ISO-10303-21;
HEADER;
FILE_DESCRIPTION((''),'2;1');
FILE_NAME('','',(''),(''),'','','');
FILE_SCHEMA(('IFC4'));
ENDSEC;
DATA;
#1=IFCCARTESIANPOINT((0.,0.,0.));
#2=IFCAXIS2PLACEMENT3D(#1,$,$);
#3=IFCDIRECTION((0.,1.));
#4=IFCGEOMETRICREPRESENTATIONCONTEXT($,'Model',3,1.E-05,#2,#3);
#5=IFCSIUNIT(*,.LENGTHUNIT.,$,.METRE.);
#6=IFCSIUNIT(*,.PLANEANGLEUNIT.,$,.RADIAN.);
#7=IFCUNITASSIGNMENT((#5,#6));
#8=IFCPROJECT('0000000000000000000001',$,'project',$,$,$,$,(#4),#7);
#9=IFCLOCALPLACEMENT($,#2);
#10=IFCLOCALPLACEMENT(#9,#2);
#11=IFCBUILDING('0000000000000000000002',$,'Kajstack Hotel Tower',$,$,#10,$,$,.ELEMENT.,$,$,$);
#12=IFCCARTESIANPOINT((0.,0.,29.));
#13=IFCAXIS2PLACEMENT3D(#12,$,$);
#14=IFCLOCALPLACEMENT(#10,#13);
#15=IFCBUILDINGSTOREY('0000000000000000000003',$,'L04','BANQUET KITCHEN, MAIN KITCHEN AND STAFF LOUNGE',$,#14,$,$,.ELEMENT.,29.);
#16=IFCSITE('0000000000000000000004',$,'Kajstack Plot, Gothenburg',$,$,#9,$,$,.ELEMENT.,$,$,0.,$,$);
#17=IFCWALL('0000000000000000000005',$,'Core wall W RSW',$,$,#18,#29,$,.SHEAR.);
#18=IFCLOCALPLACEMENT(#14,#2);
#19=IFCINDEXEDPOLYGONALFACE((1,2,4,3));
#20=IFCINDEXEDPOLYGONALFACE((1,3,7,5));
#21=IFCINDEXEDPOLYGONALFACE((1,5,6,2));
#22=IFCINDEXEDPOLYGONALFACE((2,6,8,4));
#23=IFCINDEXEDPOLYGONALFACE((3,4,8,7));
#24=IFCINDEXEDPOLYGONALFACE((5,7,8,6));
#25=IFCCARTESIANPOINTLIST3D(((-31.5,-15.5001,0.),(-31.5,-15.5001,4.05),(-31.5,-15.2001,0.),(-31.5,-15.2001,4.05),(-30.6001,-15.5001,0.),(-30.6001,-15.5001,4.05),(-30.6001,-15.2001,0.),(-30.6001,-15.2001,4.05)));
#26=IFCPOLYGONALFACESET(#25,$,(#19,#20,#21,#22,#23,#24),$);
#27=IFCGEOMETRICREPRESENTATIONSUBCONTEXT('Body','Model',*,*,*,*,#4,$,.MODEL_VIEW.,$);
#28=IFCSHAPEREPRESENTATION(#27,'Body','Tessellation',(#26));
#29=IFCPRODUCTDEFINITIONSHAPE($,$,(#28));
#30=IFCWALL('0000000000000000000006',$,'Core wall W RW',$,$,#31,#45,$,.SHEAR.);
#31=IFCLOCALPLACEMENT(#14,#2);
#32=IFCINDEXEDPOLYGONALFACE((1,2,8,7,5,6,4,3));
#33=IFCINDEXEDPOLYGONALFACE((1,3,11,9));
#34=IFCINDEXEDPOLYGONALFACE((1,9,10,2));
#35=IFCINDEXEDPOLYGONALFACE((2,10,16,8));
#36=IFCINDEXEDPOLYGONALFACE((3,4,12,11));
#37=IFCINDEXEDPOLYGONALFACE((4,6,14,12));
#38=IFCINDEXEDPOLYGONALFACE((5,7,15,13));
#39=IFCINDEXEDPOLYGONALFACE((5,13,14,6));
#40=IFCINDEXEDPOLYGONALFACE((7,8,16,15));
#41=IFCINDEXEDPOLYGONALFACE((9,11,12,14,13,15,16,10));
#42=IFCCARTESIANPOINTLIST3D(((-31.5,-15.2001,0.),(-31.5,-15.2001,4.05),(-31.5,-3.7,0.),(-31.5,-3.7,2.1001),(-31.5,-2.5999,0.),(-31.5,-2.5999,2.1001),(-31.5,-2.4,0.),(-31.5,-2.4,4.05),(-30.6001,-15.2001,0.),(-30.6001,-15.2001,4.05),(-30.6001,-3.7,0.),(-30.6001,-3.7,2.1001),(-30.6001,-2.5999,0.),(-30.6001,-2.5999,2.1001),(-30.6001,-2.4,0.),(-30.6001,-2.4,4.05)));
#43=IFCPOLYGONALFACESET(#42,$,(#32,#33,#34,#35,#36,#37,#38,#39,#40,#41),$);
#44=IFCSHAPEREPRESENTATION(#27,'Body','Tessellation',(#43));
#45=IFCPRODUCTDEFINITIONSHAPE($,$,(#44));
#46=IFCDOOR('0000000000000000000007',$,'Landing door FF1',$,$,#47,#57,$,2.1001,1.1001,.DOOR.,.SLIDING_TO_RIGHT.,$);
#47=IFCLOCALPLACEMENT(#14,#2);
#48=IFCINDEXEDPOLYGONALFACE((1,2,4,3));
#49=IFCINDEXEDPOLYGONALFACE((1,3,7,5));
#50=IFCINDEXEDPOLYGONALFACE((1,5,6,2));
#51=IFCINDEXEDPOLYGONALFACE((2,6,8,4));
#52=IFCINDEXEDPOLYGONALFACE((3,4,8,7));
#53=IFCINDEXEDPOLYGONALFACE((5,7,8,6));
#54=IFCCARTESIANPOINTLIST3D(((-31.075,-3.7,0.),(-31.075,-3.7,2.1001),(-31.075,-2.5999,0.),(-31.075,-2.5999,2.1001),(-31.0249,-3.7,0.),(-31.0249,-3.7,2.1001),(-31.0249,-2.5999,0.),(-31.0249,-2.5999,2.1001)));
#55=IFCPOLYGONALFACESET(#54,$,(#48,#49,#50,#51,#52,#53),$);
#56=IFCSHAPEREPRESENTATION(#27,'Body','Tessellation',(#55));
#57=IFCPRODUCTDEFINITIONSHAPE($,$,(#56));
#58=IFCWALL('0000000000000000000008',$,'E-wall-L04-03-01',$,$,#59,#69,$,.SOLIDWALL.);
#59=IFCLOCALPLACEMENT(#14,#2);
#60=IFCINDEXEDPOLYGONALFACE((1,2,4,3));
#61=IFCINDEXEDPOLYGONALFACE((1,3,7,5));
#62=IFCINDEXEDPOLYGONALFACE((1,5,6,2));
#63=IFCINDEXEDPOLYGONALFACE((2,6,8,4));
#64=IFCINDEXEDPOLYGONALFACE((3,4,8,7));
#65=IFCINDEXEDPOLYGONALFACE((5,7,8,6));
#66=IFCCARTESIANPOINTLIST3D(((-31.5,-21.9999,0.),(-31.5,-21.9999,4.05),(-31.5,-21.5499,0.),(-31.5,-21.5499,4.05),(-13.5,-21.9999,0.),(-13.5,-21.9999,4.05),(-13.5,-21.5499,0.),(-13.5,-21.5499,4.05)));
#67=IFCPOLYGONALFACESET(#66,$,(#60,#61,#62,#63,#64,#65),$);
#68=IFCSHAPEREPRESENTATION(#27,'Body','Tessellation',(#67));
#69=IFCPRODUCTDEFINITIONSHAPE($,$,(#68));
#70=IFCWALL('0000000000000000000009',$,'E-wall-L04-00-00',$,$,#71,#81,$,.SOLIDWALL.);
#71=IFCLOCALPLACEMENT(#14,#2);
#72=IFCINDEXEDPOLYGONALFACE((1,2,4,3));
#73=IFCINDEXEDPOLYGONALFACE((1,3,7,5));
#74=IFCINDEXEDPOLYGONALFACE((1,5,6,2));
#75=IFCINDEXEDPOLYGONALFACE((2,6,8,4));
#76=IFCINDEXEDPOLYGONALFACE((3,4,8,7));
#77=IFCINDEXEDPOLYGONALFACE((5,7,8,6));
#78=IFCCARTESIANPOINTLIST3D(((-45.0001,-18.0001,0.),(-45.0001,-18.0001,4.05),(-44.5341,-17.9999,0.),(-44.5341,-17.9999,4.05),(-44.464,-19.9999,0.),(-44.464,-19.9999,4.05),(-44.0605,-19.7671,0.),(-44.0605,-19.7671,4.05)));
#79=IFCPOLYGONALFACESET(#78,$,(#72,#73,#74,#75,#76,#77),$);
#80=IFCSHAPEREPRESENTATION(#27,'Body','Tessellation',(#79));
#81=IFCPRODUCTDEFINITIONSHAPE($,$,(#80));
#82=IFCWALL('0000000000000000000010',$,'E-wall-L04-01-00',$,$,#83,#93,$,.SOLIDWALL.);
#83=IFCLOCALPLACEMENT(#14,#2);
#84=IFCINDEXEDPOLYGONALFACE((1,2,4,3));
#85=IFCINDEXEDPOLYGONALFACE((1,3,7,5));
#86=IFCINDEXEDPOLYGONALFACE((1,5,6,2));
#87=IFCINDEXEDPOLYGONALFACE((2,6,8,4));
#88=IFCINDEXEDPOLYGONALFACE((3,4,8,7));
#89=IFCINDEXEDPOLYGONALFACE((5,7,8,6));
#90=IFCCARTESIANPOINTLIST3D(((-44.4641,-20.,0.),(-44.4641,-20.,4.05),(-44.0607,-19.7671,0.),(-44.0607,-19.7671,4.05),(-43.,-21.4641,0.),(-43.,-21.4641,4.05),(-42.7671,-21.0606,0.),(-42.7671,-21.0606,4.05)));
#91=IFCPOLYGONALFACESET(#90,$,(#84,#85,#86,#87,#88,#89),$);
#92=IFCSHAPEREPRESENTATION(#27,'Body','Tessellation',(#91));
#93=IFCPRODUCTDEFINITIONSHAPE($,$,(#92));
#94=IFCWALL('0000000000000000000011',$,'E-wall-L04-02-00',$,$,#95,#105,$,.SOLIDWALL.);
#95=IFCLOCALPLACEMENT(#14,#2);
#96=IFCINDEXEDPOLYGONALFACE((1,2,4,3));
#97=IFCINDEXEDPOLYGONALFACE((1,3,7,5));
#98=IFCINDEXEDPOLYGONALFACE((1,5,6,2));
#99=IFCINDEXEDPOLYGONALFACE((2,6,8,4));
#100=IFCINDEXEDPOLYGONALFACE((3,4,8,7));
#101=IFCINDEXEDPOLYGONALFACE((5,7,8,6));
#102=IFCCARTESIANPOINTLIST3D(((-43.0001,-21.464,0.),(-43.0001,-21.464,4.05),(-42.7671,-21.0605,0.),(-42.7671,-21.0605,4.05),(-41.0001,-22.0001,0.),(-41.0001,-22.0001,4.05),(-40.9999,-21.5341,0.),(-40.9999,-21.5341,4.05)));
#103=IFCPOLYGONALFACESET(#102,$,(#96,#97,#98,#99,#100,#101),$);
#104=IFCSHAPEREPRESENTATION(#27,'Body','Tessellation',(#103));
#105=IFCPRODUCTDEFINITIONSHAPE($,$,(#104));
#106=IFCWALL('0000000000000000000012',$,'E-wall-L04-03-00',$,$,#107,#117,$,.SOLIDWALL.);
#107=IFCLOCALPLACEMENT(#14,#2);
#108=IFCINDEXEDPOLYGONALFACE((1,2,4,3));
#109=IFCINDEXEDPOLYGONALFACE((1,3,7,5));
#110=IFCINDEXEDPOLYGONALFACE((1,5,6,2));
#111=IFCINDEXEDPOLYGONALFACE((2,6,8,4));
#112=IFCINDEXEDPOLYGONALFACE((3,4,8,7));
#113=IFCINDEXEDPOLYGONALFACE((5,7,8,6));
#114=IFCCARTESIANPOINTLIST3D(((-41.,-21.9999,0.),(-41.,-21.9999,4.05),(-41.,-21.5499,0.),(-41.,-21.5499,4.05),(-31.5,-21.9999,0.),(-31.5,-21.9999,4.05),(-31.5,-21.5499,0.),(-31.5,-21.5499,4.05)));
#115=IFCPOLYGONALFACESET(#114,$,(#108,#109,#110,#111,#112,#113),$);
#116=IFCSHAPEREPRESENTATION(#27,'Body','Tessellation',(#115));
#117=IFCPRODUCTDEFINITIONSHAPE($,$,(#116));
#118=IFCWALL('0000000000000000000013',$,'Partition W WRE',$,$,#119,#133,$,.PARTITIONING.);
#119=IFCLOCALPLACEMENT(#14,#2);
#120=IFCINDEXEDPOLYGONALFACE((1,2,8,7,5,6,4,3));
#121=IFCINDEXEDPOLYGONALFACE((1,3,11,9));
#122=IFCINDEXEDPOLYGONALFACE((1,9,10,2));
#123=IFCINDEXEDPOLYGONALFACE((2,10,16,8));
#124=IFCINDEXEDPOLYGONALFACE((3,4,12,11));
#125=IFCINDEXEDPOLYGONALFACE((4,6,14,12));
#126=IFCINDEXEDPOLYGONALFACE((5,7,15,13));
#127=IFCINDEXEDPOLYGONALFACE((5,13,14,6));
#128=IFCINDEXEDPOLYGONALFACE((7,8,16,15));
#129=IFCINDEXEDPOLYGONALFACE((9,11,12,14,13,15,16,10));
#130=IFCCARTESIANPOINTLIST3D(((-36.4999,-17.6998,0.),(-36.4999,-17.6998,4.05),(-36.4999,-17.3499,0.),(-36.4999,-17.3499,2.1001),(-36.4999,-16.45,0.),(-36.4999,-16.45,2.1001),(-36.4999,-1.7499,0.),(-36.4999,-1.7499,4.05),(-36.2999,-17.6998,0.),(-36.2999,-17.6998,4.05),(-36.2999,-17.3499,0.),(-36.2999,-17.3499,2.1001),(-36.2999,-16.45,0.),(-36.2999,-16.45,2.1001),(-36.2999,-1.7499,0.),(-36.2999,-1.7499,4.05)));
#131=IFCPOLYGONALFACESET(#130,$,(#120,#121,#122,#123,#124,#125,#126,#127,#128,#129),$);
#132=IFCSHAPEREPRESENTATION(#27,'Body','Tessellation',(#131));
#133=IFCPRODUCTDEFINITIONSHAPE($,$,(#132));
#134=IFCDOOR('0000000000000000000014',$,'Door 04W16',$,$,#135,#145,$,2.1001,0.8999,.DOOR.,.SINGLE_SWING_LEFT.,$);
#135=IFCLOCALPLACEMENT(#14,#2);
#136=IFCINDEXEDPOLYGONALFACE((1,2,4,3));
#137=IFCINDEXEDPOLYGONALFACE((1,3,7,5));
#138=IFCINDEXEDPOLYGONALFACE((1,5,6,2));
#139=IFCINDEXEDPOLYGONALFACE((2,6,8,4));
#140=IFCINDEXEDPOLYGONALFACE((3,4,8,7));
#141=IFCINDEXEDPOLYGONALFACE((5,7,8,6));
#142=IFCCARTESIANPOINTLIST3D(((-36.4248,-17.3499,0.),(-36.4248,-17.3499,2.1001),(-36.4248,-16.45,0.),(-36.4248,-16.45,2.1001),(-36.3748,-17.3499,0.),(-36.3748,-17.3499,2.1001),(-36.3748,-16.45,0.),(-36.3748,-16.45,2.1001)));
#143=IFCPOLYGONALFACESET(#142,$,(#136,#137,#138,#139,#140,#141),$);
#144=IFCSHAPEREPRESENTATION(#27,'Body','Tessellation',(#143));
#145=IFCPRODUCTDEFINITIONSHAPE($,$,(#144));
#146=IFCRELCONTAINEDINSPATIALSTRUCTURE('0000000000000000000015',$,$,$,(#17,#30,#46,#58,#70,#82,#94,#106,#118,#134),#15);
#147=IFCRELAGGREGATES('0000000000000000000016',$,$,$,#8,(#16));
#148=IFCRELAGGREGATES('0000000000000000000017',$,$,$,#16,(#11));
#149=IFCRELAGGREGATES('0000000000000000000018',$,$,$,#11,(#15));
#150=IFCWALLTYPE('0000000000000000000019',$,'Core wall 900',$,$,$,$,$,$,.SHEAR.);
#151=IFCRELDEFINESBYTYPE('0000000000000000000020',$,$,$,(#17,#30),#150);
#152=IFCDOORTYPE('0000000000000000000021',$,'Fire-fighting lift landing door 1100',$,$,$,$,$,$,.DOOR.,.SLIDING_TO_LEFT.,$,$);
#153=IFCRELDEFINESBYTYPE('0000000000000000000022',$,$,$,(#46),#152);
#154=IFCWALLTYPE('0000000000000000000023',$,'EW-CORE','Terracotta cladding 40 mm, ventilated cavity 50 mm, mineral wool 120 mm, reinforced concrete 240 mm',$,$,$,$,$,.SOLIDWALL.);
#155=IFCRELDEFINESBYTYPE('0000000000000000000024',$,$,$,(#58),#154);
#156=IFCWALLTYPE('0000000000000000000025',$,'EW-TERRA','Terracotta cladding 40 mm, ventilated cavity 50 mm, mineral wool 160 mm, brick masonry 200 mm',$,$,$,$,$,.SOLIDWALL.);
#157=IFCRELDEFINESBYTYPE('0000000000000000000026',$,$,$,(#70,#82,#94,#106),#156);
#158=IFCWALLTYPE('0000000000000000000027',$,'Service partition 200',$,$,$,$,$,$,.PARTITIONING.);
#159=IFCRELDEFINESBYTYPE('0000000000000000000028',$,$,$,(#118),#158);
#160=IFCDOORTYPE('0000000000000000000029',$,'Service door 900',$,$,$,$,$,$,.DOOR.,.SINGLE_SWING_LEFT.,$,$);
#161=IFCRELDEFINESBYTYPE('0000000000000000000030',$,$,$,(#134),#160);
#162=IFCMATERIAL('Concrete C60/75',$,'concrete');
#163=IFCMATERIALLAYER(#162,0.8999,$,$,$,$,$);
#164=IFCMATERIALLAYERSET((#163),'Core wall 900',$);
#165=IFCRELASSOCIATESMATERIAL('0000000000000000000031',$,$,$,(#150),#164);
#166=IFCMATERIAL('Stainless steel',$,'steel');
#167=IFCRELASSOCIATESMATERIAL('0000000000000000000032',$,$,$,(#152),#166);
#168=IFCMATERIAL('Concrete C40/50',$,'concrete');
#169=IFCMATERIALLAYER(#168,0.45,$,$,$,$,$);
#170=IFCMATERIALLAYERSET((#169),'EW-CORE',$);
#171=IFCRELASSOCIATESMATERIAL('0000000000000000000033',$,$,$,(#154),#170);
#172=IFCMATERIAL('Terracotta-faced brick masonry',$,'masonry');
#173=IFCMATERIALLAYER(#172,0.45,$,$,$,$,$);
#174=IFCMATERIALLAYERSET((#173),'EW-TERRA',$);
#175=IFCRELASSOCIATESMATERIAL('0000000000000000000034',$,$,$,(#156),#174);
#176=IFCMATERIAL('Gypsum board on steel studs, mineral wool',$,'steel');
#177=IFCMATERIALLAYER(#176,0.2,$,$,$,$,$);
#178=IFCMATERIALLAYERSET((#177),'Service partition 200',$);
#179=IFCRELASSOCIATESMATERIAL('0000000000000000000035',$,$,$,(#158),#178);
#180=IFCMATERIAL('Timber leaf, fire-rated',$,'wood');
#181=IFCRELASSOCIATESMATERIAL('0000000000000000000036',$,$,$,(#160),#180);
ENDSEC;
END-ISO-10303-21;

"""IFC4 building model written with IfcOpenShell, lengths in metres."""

from ifc_helpers import new_model, si_unit, direction, frame, frame_2d, origin, place, context, subcontext, project, spatial, polyline, rectangle, outline, extrude, material, layer, layer_set, type_object, element, fill, save


model = new_model("IFC4")

# Units and contexts
model_context = context("Model", 3, precision=1e-05, world=origin(), true_north=direction((0.0, 1.0)))
body_context = subcontext(model_context, "Body", "Model", "MODEL_VIEW")
ifc_project = project(units=[si_unit("LENGTHUNIT", "METRE"), si_unit("PLANEANGLEUNIT", "RADIAN")], contexts=[model_context])

# Site, building, storey
site_placement = place(None, origin())
site = spatial("IfcSite", under=ifc_project, at=site_placement, Name="Kajstack Plot, Gothenburg", CompositionType="ELEMENT", RefElevation=0.0)
building_placement = place(site_placement, origin())
building = spatial("IfcBuilding", under=site, at=building_placement, Name="Kajstack Hotel Tower", CompositionType="ELEMENT")
storey_placement = place(building_placement, frame((0.0, 0.0, 29.0)))
storey = spatial("IfcBuildingStorey", under=building, at=storey_placement, Name="L04", Description="BANQUET KITCHEN, MAIN KITCHEN AND STAFF LOUNGE", CompositionType="ELEMENT", Elevation=29.0)

# Wall
ifc_material_1 = material(Name="Concrete C60/75", Category="concrete")
ifc_layer_1 = layer(ifc_material_1, 0.8999)
ifc_layer_set_1 = layer_set([ifc_layer_1], Name="Core wall 900")
wall_type_1 = type_object("IfcWallType", Name="Core wall 900", PredefinedType="SHEAR", material=ifc_layer_set_1)
wall_1_placement = place(storey_placement, frame((-31.5, -15.3501, 0.0), z_axis=(0.0, 0.0, 1.0), x_axis=(1.0, 0.0, 0.0)))
element("IfcWall", 1, at=wall_1_placement, inside=storey, type_object=wall_type_1, Name="Core wall W RSW", PredefinedType="SHEAR", context=body_context, shape_type="SweptSolid", body=[
    extrude(rectangle(XDim=0.8999, YDim=0.3, at=frame_2d((0.45, 0.0))), origin(), (0.0, 0.0, 1.0), 4.05),
])

# Wall, opening, door
wall_2_placement = place(storey_placement, frame((-31.05, -15.2, 0.0), z_axis=(0.0, 0.0, 1.0), x_axis=(0.0, 1.0, 0.0)))
wall_2 = element("IfcWall", 2, at=wall_2_placement, inside=storey, type_object=wall_type_1, Name="Core wall W RW", PredefinedType="SHEAR", context=body_context, shape_type="SweptSolid", body=[
    extrude(rectangle(XDim=12.8, YDim=0.8999, at=frame_2d((6.3999, 0.0))), origin(), (0.0, 0.0, 1.0), 4.05),
])
opening_1_placement = place(wall_2_placement, frame((11.5, 0.0, 0.0)))
opening_1 = element("IfcOpeningElement", 3, at=opening_1_placement, cuts=wall_2, PredefinedType="OPENING", context=body_context, shape_type="SweptSolid", body=[
    extrude(rectangle(XDim=1.1001, YDim=2.1001, at=frame_2d((0.55, 1.05))), frame((0.0, 0.46, 0.0), z_axis=(0.0, -1.0, 0.0), x_axis=(1.0, 0.0, 0.0)), (0.0, 0.0, 1.0), 0.9199),
])
ifc_material_2 = material(Name="Stainless steel", Category="steel")
door_type_1 = type_object("IfcDoorType", Name="Fire-fighting lift landing door 1100", OperationType="SLIDING_TO_LEFT", PredefinedType="DOOR", material=ifc_material_2)
door_1_placement = place(opening_1_placement, origin())
door_1 = element("IfcDoor", 4, at=door_1_placement, inside=storey, type_object=door_type_1, Name="Landing door FF1", OperationType="SLIDING_TO_RIGHT", OverallHeight=2.1001, OverallWidth=1.1001, PredefinedType="DOOR", context=body_context, shape_type="SweptSolid", body=[
    extrude(rectangle(XDim=1.1001, YDim=2.1001, at=frame_2d((0.55, 1.05))), frame((0.0, 0.0249, 0.0), z_axis=(0.0, -1.0, 0.0), x_axis=(1.0, 0.0, 0.0)), (0.0, 0.0, 1.0), 0.05),
])
fill(opening_1, door_1)

# Walls
ifc_material_3 = material(Name="Concrete C40/50", Category="concrete")
ifc_layer_2 = layer(ifc_material_3, 0.45)
ifc_layer_set_2 = layer_set([ifc_layer_2], Name="EW-CORE")
wall_type_2 = type_object("IfcWallType", Name="EW-CORE", Description="Terracotta cladding 40 mm, ventilated cavity 50 mm, mineral wool 120 mm, reinforced concrete 240 mm", PredefinedType="SOLIDWALL", material=ifc_layer_set_2)
wall_3_placement = place(storey_placement, frame((-31.5, -21.7749, 0.0), z_axis=(0.0, 0.0, 1.0), x_axis=(1.0, 0.0, 0.0)))
element("IfcWall", 5, at=wall_3_placement, inside=storey, type_object=wall_type_2, Name="E-wall-L04-03-01", PredefinedType="SOLIDWALL", context=body_context, shape_type="SweptSolid", body=[
    extrude(rectangle(XDim=18.0, YDim=0.45, at=frame_2d((9.0, 0.0))), origin(), (0.0, 0.0, 1.0), 4.05),
])
ifc_material_4 = material(Name="Terracotta-faced brick masonry", Category="masonry")
ifc_layer_3 = layer(ifc_material_4, 0.45)
ifc_layer_set_3 = layer_set([ifc_layer_3], Name="EW-TERRA")
wall_type_3 = type_object("IfcWallType", Name="EW-TERRA", Description="Terracotta cladding 40 mm, ventilated cavity 50 mm, mineral wool 160 mm, brick masonry 200 mm", PredefinedType="SOLIDWALL", material=ifc_layer_set_3)
wall_4_placement = place(storey_placement, frame((-44.7827, -17.9417, 0.0), z_axis=(0.0, 0.0, 1.0), x_axis=(0.258815, -0.965927, 0.0)))
element("IfcWall", 6, at=wall_4_placement, inside=storey, type_object=wall_type_3, Name="E-wall-L04-00-00", PredefinedType="SOLIDWALL", context=body_context, shape_type="SweptSolid", body=[
    extrude(outline(polyline([(0.0002, -0.2251), (2.0706, -0.2249), (1.9502, 0.2251), (0.1206, 0.2251), (0.0002, -0.2251)])), origin(), (0.0, 0.0, 1.0), 4.05),
])
wall_5_placement = place(storey_placement, frame((-44.3049, -19.8408, 0.0), z_axis=(0.0, 0.0, 1.0), x_axis=(0.707107, -0.707107, 0.0)))
element("IfcWall", 7, at=wall_5_placement, inside=storey, type_object=wall_type_3, Name="E-wall-L04-01-00", PredefinedType="SOLIDWALL", context=body_context, shape_type="SweptSolid", body=[
    extrude(outline(polyline([(0.0, -0.2251), (2.0706, -0.2251), (1.95, 0.2249), (0.1206, 0.2249), (0.0, -0.2251)])), origin(), (0.0, 0.0, 1.0), 4.05),
])
wall_6_placement = place(storey_placement, frame((-42.9417, -21.2468, 0.0), z_axis=(0.0, 0.0, 1.0), x_axis=(0.965927, -0.258815, 0.0)))
element("IfcWall", 8, at=wall_6_placement, inside=storey, type_object=wall_type_3, Name="E-wall-L04-02-00", PredefinedType="SOLIDWALL", context=body_context, shape_type="SweptSolid", body=[
    extrude(outline(polyline([(-0.0002, -0.2249), (2.0703, -0.2251), (1.95, 0.2251), (0.1204, 0.2251), (-0.0002, -0.2249)])), origin(), (0.0, 0.0, 1.0), 4.05),
])
wall_7_placement = place(storey_placement, frame((-41.0, -21.7749, 0.0), z_axis=(0.0, 0.0, 1.0), x_axis=(1.0, 0.0, 0.0)))
element("IfcWall", 9, at=wall_7_placement, inside=storey, type_object=wall_type_3, Name="E-wall-L04-03-00", PredefinedType="SOLIDWALL", context=body_context, shape_type="SweptSolid", body=[
    extrude(rectangle(XDim=9.5, YDim=0.45, at=frame_2d((4.75, 0.0))), origin(), (0.0, 0.0, 1.0), 4.05),
])

# Wall, opening, door
ifc_material_5 = material(Name="Gypsum board on steel studs, mineral wool", Category="steel")
ifc_layer_4 = layer(ifc_material_5, 0.2)
ifc_layer_set_4 = layer_set([ifc_layer_4], Name="Service partition 200")
wall_type_4 = type_object("IfcWallType", Name="Service partition 200", PredefinedType="PARTITIONING", material=ifc_layer_set_4)
wall_8_placement = place(storey_placement, frame((-36.3999, -17.7, 0.0), z_axis=(0.0, 0.0, 1.0), x_axis=(0.0, 1.0, 0.0)))
wall_8 = element("IfcWall", 10, at=wall_8_placement, inside=storey, type_object=wall_type_4, Name="Partition W WRE", PredefinedType="PARTITIONING", context=body_context, shape_type="SweptSolid", body=[
    extrude(rectangle(XDim=15.95, YDim=0.2, at=frame_2d((7.9751, 0.0))), origin(), (0.0, 0.0, 1.0), 4.05),
])
opening_2_placement = place(wall_8_placement, frame((0.3501, 0.0, 0.0)))
opening_2 = element("IfcOpeningElement", 11, at=opening_2_placement, cuts=wall_8, PredefinedType="OPENING", context=body_context, shape_type="SweptSolid", body=[
    extrude(rectangle(XDim=0.8999, YDim=2.1001, at=frame_2d((0.45, 1.05))), frame((0.0, 0.1099, 0.0), z_axis=(0.0, -1.0, 0.0), x_axis=(1.0, 0.0, 0.0)), (0.0, 0.0, 1.0), 0.22),
])
ifc_material_6 = material(Name="Timber leaf, fire-rated", Category="wood")
door_type_2 = type_object("IfcDoorType", Name="Service door 900", OperationType="SINGLE_SWING_LEFT", PredefinedType="DOOR", material=ifc_material_6)
door_2_placement = place(opening_2_placement, origin())
door_2 = element("IfcDoor", 12, at=door_2_placement, inside=storey, type_object=door_type_2, Name="Door 04W16", OperationType="SINGLE_SWING_LEFT", OverallHeight=2.1001, OverallWidth=0.8999, PredefinedType="DOOR", context=body_context, shape_type="SweptSolid", body=[
    extrude(rectangle(XDim=0.8999, YDim=2.1001, at=frame_2d((0.45, 1.05))), frame((0.0, 0.0249, 0.0), z_axis=(0.0, -1.0, 0.0), x_axis=(1.0, 0.0, 0.0)), (0.0, 0.0, 1.0), 0.05),
])
fill(opening_2, door_2)

save(model, "model.ifc")
